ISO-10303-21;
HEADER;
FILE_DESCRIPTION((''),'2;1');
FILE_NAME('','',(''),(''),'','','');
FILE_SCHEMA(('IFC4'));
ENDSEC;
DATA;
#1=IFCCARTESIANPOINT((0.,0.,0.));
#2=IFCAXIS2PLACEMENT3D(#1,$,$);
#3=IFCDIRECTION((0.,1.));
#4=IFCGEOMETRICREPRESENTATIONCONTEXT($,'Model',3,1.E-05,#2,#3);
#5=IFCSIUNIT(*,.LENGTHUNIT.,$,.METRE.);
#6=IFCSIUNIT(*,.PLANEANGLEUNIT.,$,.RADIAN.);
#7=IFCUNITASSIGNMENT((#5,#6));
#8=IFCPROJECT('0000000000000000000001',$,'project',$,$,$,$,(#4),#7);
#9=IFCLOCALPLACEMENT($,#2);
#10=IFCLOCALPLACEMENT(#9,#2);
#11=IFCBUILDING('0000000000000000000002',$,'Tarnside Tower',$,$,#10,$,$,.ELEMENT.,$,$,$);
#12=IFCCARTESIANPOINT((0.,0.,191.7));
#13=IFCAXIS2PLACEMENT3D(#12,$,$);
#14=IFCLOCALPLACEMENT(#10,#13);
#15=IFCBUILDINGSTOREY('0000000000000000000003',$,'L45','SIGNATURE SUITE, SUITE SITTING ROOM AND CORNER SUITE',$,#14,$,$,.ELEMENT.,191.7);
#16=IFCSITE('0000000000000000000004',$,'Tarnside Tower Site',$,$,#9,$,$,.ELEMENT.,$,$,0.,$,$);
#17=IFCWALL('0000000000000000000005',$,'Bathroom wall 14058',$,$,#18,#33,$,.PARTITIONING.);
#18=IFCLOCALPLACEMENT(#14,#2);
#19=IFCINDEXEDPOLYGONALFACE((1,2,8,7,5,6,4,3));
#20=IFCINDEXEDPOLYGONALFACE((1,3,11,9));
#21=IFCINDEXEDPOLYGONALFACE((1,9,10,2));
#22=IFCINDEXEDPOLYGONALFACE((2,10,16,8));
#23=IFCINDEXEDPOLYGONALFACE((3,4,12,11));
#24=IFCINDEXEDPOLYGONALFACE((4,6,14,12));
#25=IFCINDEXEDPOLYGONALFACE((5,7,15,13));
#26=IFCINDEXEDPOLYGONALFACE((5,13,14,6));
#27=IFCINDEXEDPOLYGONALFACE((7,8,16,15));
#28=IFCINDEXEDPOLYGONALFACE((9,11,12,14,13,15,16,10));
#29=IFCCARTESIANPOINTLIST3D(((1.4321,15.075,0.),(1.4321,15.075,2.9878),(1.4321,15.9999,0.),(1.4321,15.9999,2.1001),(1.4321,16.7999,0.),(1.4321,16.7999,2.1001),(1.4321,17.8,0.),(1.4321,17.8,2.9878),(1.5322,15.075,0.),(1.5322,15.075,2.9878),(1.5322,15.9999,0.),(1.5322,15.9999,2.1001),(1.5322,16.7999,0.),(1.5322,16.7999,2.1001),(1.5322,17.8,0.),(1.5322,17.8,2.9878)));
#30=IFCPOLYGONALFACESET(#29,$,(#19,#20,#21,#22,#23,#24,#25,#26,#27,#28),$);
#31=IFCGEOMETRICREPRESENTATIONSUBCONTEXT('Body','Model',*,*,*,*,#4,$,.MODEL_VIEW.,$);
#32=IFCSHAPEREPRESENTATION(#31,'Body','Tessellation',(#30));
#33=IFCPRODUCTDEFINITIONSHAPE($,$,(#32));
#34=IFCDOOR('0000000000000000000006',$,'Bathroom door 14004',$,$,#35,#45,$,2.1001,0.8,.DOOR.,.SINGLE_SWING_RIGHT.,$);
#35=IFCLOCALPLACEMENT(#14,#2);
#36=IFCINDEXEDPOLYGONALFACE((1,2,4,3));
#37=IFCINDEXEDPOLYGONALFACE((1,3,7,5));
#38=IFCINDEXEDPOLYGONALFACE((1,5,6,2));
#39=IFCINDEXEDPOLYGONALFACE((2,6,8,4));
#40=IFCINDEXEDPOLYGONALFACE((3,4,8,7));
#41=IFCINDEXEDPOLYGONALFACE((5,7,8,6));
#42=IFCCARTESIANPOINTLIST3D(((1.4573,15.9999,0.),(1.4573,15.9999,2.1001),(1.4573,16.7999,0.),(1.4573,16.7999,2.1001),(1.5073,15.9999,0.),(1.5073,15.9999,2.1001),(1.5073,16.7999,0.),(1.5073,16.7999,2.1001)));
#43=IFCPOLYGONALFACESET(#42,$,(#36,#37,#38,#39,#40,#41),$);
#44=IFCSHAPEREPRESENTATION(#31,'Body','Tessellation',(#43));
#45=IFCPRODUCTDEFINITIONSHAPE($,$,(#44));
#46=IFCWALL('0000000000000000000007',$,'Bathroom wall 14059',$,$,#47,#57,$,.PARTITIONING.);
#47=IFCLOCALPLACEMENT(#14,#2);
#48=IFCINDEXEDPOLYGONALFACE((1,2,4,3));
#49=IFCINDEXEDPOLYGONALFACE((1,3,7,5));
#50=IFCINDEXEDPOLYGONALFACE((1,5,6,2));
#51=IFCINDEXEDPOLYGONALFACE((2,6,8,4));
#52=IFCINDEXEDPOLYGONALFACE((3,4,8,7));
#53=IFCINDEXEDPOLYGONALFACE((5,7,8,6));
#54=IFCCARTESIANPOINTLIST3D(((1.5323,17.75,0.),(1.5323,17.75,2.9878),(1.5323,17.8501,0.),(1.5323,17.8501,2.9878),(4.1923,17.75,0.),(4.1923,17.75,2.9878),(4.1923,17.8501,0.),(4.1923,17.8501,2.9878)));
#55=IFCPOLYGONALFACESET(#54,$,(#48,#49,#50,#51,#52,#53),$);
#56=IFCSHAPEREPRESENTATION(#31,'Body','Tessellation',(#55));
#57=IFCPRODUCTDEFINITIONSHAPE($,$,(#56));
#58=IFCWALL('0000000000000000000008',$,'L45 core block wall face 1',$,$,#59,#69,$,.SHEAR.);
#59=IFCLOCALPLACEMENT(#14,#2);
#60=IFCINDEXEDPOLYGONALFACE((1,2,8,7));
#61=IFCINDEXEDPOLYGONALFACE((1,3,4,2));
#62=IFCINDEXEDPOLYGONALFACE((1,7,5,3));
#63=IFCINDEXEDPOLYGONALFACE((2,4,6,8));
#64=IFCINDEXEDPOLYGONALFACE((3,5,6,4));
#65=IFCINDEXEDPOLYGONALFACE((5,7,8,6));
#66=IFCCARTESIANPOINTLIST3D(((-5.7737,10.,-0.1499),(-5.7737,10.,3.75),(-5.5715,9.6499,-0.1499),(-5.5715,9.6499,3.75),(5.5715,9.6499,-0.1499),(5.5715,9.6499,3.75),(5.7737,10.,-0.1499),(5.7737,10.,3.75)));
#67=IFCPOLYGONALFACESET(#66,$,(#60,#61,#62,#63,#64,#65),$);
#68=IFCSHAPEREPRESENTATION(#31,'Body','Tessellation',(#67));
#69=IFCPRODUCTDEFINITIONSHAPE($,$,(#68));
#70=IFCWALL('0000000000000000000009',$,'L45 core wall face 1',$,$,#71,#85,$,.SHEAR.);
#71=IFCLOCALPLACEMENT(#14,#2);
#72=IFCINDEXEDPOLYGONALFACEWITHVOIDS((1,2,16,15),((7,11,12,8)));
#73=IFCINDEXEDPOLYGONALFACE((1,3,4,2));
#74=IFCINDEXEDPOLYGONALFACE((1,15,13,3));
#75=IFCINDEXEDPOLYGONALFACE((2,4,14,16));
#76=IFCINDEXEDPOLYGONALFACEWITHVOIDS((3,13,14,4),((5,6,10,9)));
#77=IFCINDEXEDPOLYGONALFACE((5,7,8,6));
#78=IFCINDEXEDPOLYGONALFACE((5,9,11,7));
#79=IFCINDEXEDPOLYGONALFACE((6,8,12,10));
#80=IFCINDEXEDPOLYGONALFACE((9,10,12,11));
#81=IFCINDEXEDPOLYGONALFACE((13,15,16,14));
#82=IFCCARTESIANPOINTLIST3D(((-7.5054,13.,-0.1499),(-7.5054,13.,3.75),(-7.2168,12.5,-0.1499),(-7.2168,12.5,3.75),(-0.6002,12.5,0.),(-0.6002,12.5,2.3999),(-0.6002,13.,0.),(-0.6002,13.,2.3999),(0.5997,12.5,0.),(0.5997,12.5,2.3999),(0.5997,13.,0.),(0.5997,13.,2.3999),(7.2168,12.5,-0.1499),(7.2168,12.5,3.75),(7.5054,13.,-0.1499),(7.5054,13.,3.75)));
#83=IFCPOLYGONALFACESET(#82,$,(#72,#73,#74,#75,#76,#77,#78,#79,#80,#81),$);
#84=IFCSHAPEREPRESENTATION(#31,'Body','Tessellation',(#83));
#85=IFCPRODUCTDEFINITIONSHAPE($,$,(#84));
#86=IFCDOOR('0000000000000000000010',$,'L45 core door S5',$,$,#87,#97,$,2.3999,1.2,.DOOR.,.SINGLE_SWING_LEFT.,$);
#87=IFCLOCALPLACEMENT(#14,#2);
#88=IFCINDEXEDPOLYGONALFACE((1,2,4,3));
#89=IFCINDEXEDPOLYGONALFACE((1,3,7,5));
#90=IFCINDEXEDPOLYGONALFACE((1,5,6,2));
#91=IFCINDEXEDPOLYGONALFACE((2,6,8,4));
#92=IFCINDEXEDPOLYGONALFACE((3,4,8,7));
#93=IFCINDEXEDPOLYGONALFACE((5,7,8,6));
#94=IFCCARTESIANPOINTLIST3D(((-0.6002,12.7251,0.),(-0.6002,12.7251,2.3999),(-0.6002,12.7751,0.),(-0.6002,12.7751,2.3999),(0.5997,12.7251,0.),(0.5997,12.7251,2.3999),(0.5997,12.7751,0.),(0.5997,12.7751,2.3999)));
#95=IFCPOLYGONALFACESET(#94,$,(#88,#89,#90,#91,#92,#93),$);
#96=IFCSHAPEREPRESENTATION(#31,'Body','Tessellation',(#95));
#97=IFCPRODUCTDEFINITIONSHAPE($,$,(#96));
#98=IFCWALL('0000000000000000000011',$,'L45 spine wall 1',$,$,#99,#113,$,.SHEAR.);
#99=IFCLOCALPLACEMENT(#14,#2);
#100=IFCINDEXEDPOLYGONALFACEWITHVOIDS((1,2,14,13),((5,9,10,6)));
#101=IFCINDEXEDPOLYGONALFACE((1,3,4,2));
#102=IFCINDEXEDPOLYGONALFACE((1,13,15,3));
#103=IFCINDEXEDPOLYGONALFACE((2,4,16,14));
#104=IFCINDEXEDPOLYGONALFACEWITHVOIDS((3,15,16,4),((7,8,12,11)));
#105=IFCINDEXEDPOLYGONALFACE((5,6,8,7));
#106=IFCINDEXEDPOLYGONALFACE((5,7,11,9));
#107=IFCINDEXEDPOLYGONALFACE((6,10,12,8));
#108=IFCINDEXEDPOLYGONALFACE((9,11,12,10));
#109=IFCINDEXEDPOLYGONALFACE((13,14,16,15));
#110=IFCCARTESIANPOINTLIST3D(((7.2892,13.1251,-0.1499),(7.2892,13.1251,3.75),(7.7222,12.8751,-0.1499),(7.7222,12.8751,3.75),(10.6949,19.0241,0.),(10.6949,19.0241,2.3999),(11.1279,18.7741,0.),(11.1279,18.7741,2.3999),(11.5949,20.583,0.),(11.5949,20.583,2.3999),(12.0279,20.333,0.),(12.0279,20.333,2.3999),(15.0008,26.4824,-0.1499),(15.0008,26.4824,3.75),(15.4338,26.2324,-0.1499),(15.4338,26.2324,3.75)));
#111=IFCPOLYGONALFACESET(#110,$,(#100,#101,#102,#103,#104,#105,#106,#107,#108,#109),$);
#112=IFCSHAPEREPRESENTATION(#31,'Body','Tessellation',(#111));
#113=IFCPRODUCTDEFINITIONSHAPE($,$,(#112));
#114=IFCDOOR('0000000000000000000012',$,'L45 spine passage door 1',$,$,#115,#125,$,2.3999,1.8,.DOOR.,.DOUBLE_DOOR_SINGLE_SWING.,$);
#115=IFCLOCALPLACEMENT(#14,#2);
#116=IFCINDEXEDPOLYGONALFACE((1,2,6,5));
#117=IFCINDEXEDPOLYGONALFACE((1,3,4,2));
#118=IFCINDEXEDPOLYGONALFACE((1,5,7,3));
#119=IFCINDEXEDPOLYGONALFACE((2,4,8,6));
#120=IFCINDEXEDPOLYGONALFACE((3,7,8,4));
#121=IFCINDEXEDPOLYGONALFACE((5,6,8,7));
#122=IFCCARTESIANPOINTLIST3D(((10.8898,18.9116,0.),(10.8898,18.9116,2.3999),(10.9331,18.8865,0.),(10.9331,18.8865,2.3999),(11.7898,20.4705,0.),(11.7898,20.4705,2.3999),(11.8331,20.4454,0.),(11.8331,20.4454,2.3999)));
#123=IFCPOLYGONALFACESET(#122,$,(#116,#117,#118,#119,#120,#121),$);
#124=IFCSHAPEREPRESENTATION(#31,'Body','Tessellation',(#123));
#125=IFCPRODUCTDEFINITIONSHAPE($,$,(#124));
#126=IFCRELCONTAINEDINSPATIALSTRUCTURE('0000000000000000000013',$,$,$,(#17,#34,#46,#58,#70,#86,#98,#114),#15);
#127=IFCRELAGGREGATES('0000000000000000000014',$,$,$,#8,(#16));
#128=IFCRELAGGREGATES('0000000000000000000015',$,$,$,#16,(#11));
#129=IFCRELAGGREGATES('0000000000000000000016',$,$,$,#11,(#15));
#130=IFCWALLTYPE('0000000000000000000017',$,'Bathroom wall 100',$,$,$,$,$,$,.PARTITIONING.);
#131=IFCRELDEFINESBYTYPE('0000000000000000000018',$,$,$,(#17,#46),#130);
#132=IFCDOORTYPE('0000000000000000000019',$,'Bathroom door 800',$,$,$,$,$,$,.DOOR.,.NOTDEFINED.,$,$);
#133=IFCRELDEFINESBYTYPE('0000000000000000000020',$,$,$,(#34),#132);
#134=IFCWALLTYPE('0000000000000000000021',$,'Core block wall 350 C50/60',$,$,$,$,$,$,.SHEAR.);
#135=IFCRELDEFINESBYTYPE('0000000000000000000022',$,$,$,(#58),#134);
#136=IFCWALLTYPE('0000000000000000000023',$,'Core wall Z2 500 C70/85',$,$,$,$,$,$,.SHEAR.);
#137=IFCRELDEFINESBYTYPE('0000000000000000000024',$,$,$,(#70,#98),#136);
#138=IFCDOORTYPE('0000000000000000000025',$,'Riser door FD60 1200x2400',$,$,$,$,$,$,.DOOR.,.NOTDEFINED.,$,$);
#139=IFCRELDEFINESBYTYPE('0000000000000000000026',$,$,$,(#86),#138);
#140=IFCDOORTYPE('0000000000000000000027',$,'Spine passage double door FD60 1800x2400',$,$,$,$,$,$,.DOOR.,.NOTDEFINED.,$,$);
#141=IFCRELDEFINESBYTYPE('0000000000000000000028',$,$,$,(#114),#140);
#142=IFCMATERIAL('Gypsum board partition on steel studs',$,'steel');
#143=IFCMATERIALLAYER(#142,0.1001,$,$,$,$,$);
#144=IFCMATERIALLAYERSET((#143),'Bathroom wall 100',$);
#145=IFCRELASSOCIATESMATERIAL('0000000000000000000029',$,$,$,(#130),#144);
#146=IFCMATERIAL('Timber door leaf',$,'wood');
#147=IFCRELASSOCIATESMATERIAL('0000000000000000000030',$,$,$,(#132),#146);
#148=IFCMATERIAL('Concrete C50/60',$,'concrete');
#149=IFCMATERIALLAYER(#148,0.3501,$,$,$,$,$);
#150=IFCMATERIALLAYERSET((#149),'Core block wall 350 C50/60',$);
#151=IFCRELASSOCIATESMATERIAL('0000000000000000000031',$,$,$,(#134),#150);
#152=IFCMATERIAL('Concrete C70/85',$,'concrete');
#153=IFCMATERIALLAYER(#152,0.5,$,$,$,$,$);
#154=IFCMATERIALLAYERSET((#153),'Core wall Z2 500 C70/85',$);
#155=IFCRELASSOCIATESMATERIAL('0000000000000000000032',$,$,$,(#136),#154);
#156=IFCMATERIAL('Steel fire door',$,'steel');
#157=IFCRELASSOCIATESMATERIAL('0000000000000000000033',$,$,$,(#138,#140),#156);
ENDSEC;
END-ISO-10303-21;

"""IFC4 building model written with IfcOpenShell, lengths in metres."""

from ifc_helpers import new_model, si_unit, direction, frame, frame_2d, origin, place, context, subcontext, project, spatial, polyline, rectangle, outline, extrude, material, layer, layer_set, type_object, element, fill, save


model = new_model("IFC4")

# Units and contexts
model_context = context("Model", 3, precision=1e-05, world=origin(), true_north=direction((0.0, 1.0)))
body_context = subcontext(model_context, "Body", "Model", "MODEL_VIEW")
ifc_project = project(units=[si_unit("LENGTHUNIT", "METRE"), si_unit("PLANEANGLEUNIT", "RADIAN")], contexts=[model_context])

# Site, building, storey
site_placement = place(None, origin())
site = spatial("IfcSite", under=ifc_project, at=site_placement, Name="Tarnside Tower Site", CompositionType="ELEMENT", RefElevation=0.0)
building_placement = place(site_placement, origin())
building = spatial("IfcBuilding", under=site, at=building_placement, Name="Tarnside Tower", CompositionType="ELEMENT")
storey_placement = place(building_placement, frame((0.0, 0.0, 191.7)))
storey = spatial("IfcBuildingStorey", under=building, at=storey_placement, Name="L45", Description="SIGNATURE SUITE, SUITE SITTING ROOM AND CORNER SUITE", CompositionType="ELEMENT", Elevation=191.7)

# Wall, opening, door
ifc_material_1 = material(Name="Gypsum board partition on steel studs", Category="steel")
ifc_layer_1 = layer(ifc_material_1, 0.1001)
ifc_layer_set_1 = layer_set([ifc_layer_1], Name="Bathroom wall 100")
wall_type_1 = type_object("IfcWallType", Name="Bathroom wall 100", PredefinedType="PARTITIONING", material=ifc_layer_set_1)
wall_1_placement = place(storey_placement, frame((1.4822, 15.075, 0.0), z_axis=(0.0, 0.0, 1.0), x_axis=(0.0, 1.0, 0.0)))
wall_1 = element("IfcWall", 1, at=wall_1_placement, inside=storey, type_object=wall_type_1, Name="Bathroom wall 14058", PredefinedType="PARTITIONING", context=body_context, shape_type="SweptSolid", body=[
    extrude(rectangle(XDim=2.7251, YDim=0.1001, at=frame_2d((1.3625, 0.0))), origin(), (0.0, 0.0, 1.0), 2.9878),
])
opening_1_placement = place(wall_1_placement, frame((0.925, 0.0, 0.0)))
opening_1 = element("IfcOpeningElement", 2, at=opening_1_placement, cuts=wall_1, PredefinedType="OPENING", context=body_context, shape_type="SweptSolid", body=[
    extrude(rectangle(XDim=0.8, YDim=2.1001, at=frame_2d((0.3999, 1.05))), frame((0.0, 0.0601, 0.0), z_axis=(0.0, -1.0, 0.0), x_axis=(1.0, 0.0, 0.0)), (0.0, 0.0, 1.0), 0.1201),
])
ifc_material_2 = material(Name="Timber door leaf", Category="wood")
door_type_1 = type_object("IfcDoorType", Name="Bathroom door 800", OperationType="NOTDEFINED", PredefinedType="DOOR", material=ifc_material_2)
door_1_placement = place(opening_1_placement, origin())
door_1 = element("IfcDoor", 3, at=door_1_placement, inside=storey, type_object=door_type_1, Name="Bathroom door 14004", OperationType="SINGLE_SWING_RIGHT", OverallHeight=2.1001, OverallWidth=0.8, PredefinedType="DOOR", context=body_context, shape_type="SweptSolid", body=[
    extrude(rectangle(XDim=0.8, YDim=2.1001, at=frame_2d((0.3999, 1.05))), frame((0.0, 0.0249, 0.0), z_axis=(0.0, -1.0, 0.0), x_axis=(1.0, 0.0, 0.0)), (0.0, 0.0, 1.0), 0.05),
])
fill(opening_1, door_1)

# Walls
wall_2_placement = place(storey_placement, frame((1.5322, 17.8, 0.0), z_axis=(0.0, 0.0, 1.0), x_axis=(1.0, 0.0, 0.0)))
element("IfcWall", 4, at=wall_2_placement, inside=storey, type_object=wall_type_1, Name="Bathroom wall 14059", PredefinedType="PARTITIONING", context=body_context, shape_type="SweptSolid", body=[
    extrude(rectangle(XDim=2.6599, YDim=0.1001, at=frame_2d((1.3301, 0.0))), origin(), (0.0, 0.0, 1.0), 2.9878),
])
ifc_material_3 = material(Name="Concrete C50/60", Category="concrete")
ifc_layer_2 = layer(ifc_material_3, 0.3501)
ifc_layer_set_2 = layer_set([ifc_layer_2], Name="Core block wall 350 C50/60")
wall_type_2 = type_object("IfcWallType", Name="Core block wall 350 C50/60", PredefinedType="SHEAR", material=ifc_layer_set_2)
wall_3_placement = place(storey_placement, frame((5.6726, 9.825, -0.1499), z_axis=(0.0, 0.0, 1.0), x_axis=(-1.0, 0.0, 0.0)))
element("IfcWall", 5, at=wall_3_placement, inside=storey, type_object=wall_type_2, Name="L45 core block wall face 1", PredefinedType="SHEAR", context=body_context, shape_type="SweptSolid", body=[
    extrude(outline(polyline([(-0.1011, -0.175), (11.4463, -0.175), (11.2441, 0.175), (0.1011, 0.175), (-0.1011, -0.175)])), origin(), (0.0, 0.0, 1.0), 3.8999),
])

# Walls, openings, doors
ifc_material_4 = material(Name="Concrete C70/85", Category="concrete")
ifc_layer_3 = layer(ifc_material_4, 0.5)
ifc_layer_set_3 = layer_set([ifc_layer_3], Name="Core wall Z2 500 C70/85")
wall_type_3 = type_object("IfcWallType", Name="Core wall Z2 500 C70/85", PredefinedType="SHEAR", material=ifc_layer_set_3)
wall_4_placement = place(storey_placement, frame((7.3611, 12.75, -0.1499), z_axis=(0.0, 0.0, 1.0), x_axis=(-1.0, 0.0, 0.0)))
wall_4 = element("IfcWall", 6, at=wall_4_placement, inside=storey, type_object=wall_type_3, Name="L45 core wall face 1", PredefinedType="SHEAR", context=body_context, shape_type="SweptSolid", body=[
    extrude(outline(polyline([(-0.1443, -0.25), (14.8665, -0.25), (14.5779, 0.25), (0.1443, 0.25), (-0.1443, -0.25)])), origin(), (0.0, 0.0, 1.0), 3.8999),
])
opening_2_placement = place(wall_4_placement, frame((6.7612, 0.0, 0.1499)))
opening_2 = element("IfcOpeningElement", 7, at=opening_2_placement, cuts=wall_4, PredefinedType="OPENING", context=body_context, shape_type="SweptSolid", body=[
    extrude(rectangle(XDim=1.2, YDim=2.3999, at=frame_2d((0.6001, 1.2))), frame((0.0, 0.26, 0.0), z_axis=(0.0, -1.0, 0.0), x_axis=(1.0, 0.0, 0.0)), (0.0, 0.0, 1.0), 0.52),
])
ifc_material_5 = material(Name="Steel fire door", Category="steel")
door_type_2 = type_object("IfcDoorType", Name="Riser door FD60 1200x2400", OperationType="NOTDEFINED", PredefinedType="DOOR", material=ifc_material_5)
door_2_placement = place(opening_2_placement, origin())
door_2 = element("IfcDoor", 8, at=door_2_placement, inside=storey, type_object=door_type_2, Name="L45 core door S5", OperationType="SINGLE_SWING_LEFT", OverallHeight=2.3999, OverallWidth=1.2, PredefinedType="DOOR", context=body_context, shape_type="SweptSolid", body=[
    extrude(rectangle(XDim=1.2, YDim=2.3999, at=frame_2d((0.6001, 1.2))), frame((0.0, 0.0249, 0.0), z_axis=(0.0, -1.0, 0.0), x_axis=(1.0, 0.0, 0.0)), (0.0, 0.0, 1.0), 0.05),
])
fill(opening_2, door_2)
wall_5_placement = place(storey_placement, frame((7.5056, 13.0, -0.1499), z_axis=(0.0, 0.0, 1.0), x_axis=(0.499988, 0.866032, 0.0)))
wall_5 = element("IfcWall", 9, at=wall_5_placement, inside=storey, type_object=wall_type_3, Name="L45 spine wall 1", PredefinedType="SHEAR", context=body_context, shape_type="SweptSolid", body=[
    extrude(rectangle(XDim=15.4236, YDim=0.5, at=frame_2d((7.7119, 0.0))), origin(), (0.0, 0.0, 1.0), 3.8999),
])
opening_3_placement = place(wall_5_placement, frame((6.8118, 0.0, 0.1499)))
opening_3 = element("IfcOpeningElement", 10, at=opening_3_placement, cuts=wall_5, PredefinedType="OPENING", context=body_context, shape_type="SweptSolid", body=[
    extrude(rectangle(XDim=1.8, YDim=2.3999, at=frame_2d((0.8999, 1.2))), frame((0.0, 0.26, 0.0), z_axis=(0.0, -1.0, 0.0), x_axis=(1.0, 0.0, 0.0)), (0.0, 0.0, 1.0), 0.52),
])
door_type_3 = type_object("IfcDoorType", Name="Spine passage double door FD60 1800x2400", OperationType="NOTDEFINED", PredefinedType="DOOR", material=ifc_material_5)
door_3_placement = place(opening_3_placement, origin())
door_3 = element("IfcDoor", 11, at=door_3_placement, inside=storey, type_object=door_type_3, Name="L45 spine passage door 1", OperationType="DOUBLE_DOOR_SINGLE_SWING", OverallHeight=2.3999, OverallWidth=1.8, PredefinedType="DOOR", context=body_context, shape_type="SweptSolid", body=[
    extrude(rectangle(XDim=1.8, YDim=2.3999, at=frame_2d((0.8999, 1.2))), frame((0.0, 0.0249, 0.0), z_axis=(0.0, -1.0, 0.0), x_axis=(1.0, 0.0, 0.0)), (0.0, 0.0, 1.0), 0.05),
])
fill(opening_3, door_3)

save(model, "model.ifc")
